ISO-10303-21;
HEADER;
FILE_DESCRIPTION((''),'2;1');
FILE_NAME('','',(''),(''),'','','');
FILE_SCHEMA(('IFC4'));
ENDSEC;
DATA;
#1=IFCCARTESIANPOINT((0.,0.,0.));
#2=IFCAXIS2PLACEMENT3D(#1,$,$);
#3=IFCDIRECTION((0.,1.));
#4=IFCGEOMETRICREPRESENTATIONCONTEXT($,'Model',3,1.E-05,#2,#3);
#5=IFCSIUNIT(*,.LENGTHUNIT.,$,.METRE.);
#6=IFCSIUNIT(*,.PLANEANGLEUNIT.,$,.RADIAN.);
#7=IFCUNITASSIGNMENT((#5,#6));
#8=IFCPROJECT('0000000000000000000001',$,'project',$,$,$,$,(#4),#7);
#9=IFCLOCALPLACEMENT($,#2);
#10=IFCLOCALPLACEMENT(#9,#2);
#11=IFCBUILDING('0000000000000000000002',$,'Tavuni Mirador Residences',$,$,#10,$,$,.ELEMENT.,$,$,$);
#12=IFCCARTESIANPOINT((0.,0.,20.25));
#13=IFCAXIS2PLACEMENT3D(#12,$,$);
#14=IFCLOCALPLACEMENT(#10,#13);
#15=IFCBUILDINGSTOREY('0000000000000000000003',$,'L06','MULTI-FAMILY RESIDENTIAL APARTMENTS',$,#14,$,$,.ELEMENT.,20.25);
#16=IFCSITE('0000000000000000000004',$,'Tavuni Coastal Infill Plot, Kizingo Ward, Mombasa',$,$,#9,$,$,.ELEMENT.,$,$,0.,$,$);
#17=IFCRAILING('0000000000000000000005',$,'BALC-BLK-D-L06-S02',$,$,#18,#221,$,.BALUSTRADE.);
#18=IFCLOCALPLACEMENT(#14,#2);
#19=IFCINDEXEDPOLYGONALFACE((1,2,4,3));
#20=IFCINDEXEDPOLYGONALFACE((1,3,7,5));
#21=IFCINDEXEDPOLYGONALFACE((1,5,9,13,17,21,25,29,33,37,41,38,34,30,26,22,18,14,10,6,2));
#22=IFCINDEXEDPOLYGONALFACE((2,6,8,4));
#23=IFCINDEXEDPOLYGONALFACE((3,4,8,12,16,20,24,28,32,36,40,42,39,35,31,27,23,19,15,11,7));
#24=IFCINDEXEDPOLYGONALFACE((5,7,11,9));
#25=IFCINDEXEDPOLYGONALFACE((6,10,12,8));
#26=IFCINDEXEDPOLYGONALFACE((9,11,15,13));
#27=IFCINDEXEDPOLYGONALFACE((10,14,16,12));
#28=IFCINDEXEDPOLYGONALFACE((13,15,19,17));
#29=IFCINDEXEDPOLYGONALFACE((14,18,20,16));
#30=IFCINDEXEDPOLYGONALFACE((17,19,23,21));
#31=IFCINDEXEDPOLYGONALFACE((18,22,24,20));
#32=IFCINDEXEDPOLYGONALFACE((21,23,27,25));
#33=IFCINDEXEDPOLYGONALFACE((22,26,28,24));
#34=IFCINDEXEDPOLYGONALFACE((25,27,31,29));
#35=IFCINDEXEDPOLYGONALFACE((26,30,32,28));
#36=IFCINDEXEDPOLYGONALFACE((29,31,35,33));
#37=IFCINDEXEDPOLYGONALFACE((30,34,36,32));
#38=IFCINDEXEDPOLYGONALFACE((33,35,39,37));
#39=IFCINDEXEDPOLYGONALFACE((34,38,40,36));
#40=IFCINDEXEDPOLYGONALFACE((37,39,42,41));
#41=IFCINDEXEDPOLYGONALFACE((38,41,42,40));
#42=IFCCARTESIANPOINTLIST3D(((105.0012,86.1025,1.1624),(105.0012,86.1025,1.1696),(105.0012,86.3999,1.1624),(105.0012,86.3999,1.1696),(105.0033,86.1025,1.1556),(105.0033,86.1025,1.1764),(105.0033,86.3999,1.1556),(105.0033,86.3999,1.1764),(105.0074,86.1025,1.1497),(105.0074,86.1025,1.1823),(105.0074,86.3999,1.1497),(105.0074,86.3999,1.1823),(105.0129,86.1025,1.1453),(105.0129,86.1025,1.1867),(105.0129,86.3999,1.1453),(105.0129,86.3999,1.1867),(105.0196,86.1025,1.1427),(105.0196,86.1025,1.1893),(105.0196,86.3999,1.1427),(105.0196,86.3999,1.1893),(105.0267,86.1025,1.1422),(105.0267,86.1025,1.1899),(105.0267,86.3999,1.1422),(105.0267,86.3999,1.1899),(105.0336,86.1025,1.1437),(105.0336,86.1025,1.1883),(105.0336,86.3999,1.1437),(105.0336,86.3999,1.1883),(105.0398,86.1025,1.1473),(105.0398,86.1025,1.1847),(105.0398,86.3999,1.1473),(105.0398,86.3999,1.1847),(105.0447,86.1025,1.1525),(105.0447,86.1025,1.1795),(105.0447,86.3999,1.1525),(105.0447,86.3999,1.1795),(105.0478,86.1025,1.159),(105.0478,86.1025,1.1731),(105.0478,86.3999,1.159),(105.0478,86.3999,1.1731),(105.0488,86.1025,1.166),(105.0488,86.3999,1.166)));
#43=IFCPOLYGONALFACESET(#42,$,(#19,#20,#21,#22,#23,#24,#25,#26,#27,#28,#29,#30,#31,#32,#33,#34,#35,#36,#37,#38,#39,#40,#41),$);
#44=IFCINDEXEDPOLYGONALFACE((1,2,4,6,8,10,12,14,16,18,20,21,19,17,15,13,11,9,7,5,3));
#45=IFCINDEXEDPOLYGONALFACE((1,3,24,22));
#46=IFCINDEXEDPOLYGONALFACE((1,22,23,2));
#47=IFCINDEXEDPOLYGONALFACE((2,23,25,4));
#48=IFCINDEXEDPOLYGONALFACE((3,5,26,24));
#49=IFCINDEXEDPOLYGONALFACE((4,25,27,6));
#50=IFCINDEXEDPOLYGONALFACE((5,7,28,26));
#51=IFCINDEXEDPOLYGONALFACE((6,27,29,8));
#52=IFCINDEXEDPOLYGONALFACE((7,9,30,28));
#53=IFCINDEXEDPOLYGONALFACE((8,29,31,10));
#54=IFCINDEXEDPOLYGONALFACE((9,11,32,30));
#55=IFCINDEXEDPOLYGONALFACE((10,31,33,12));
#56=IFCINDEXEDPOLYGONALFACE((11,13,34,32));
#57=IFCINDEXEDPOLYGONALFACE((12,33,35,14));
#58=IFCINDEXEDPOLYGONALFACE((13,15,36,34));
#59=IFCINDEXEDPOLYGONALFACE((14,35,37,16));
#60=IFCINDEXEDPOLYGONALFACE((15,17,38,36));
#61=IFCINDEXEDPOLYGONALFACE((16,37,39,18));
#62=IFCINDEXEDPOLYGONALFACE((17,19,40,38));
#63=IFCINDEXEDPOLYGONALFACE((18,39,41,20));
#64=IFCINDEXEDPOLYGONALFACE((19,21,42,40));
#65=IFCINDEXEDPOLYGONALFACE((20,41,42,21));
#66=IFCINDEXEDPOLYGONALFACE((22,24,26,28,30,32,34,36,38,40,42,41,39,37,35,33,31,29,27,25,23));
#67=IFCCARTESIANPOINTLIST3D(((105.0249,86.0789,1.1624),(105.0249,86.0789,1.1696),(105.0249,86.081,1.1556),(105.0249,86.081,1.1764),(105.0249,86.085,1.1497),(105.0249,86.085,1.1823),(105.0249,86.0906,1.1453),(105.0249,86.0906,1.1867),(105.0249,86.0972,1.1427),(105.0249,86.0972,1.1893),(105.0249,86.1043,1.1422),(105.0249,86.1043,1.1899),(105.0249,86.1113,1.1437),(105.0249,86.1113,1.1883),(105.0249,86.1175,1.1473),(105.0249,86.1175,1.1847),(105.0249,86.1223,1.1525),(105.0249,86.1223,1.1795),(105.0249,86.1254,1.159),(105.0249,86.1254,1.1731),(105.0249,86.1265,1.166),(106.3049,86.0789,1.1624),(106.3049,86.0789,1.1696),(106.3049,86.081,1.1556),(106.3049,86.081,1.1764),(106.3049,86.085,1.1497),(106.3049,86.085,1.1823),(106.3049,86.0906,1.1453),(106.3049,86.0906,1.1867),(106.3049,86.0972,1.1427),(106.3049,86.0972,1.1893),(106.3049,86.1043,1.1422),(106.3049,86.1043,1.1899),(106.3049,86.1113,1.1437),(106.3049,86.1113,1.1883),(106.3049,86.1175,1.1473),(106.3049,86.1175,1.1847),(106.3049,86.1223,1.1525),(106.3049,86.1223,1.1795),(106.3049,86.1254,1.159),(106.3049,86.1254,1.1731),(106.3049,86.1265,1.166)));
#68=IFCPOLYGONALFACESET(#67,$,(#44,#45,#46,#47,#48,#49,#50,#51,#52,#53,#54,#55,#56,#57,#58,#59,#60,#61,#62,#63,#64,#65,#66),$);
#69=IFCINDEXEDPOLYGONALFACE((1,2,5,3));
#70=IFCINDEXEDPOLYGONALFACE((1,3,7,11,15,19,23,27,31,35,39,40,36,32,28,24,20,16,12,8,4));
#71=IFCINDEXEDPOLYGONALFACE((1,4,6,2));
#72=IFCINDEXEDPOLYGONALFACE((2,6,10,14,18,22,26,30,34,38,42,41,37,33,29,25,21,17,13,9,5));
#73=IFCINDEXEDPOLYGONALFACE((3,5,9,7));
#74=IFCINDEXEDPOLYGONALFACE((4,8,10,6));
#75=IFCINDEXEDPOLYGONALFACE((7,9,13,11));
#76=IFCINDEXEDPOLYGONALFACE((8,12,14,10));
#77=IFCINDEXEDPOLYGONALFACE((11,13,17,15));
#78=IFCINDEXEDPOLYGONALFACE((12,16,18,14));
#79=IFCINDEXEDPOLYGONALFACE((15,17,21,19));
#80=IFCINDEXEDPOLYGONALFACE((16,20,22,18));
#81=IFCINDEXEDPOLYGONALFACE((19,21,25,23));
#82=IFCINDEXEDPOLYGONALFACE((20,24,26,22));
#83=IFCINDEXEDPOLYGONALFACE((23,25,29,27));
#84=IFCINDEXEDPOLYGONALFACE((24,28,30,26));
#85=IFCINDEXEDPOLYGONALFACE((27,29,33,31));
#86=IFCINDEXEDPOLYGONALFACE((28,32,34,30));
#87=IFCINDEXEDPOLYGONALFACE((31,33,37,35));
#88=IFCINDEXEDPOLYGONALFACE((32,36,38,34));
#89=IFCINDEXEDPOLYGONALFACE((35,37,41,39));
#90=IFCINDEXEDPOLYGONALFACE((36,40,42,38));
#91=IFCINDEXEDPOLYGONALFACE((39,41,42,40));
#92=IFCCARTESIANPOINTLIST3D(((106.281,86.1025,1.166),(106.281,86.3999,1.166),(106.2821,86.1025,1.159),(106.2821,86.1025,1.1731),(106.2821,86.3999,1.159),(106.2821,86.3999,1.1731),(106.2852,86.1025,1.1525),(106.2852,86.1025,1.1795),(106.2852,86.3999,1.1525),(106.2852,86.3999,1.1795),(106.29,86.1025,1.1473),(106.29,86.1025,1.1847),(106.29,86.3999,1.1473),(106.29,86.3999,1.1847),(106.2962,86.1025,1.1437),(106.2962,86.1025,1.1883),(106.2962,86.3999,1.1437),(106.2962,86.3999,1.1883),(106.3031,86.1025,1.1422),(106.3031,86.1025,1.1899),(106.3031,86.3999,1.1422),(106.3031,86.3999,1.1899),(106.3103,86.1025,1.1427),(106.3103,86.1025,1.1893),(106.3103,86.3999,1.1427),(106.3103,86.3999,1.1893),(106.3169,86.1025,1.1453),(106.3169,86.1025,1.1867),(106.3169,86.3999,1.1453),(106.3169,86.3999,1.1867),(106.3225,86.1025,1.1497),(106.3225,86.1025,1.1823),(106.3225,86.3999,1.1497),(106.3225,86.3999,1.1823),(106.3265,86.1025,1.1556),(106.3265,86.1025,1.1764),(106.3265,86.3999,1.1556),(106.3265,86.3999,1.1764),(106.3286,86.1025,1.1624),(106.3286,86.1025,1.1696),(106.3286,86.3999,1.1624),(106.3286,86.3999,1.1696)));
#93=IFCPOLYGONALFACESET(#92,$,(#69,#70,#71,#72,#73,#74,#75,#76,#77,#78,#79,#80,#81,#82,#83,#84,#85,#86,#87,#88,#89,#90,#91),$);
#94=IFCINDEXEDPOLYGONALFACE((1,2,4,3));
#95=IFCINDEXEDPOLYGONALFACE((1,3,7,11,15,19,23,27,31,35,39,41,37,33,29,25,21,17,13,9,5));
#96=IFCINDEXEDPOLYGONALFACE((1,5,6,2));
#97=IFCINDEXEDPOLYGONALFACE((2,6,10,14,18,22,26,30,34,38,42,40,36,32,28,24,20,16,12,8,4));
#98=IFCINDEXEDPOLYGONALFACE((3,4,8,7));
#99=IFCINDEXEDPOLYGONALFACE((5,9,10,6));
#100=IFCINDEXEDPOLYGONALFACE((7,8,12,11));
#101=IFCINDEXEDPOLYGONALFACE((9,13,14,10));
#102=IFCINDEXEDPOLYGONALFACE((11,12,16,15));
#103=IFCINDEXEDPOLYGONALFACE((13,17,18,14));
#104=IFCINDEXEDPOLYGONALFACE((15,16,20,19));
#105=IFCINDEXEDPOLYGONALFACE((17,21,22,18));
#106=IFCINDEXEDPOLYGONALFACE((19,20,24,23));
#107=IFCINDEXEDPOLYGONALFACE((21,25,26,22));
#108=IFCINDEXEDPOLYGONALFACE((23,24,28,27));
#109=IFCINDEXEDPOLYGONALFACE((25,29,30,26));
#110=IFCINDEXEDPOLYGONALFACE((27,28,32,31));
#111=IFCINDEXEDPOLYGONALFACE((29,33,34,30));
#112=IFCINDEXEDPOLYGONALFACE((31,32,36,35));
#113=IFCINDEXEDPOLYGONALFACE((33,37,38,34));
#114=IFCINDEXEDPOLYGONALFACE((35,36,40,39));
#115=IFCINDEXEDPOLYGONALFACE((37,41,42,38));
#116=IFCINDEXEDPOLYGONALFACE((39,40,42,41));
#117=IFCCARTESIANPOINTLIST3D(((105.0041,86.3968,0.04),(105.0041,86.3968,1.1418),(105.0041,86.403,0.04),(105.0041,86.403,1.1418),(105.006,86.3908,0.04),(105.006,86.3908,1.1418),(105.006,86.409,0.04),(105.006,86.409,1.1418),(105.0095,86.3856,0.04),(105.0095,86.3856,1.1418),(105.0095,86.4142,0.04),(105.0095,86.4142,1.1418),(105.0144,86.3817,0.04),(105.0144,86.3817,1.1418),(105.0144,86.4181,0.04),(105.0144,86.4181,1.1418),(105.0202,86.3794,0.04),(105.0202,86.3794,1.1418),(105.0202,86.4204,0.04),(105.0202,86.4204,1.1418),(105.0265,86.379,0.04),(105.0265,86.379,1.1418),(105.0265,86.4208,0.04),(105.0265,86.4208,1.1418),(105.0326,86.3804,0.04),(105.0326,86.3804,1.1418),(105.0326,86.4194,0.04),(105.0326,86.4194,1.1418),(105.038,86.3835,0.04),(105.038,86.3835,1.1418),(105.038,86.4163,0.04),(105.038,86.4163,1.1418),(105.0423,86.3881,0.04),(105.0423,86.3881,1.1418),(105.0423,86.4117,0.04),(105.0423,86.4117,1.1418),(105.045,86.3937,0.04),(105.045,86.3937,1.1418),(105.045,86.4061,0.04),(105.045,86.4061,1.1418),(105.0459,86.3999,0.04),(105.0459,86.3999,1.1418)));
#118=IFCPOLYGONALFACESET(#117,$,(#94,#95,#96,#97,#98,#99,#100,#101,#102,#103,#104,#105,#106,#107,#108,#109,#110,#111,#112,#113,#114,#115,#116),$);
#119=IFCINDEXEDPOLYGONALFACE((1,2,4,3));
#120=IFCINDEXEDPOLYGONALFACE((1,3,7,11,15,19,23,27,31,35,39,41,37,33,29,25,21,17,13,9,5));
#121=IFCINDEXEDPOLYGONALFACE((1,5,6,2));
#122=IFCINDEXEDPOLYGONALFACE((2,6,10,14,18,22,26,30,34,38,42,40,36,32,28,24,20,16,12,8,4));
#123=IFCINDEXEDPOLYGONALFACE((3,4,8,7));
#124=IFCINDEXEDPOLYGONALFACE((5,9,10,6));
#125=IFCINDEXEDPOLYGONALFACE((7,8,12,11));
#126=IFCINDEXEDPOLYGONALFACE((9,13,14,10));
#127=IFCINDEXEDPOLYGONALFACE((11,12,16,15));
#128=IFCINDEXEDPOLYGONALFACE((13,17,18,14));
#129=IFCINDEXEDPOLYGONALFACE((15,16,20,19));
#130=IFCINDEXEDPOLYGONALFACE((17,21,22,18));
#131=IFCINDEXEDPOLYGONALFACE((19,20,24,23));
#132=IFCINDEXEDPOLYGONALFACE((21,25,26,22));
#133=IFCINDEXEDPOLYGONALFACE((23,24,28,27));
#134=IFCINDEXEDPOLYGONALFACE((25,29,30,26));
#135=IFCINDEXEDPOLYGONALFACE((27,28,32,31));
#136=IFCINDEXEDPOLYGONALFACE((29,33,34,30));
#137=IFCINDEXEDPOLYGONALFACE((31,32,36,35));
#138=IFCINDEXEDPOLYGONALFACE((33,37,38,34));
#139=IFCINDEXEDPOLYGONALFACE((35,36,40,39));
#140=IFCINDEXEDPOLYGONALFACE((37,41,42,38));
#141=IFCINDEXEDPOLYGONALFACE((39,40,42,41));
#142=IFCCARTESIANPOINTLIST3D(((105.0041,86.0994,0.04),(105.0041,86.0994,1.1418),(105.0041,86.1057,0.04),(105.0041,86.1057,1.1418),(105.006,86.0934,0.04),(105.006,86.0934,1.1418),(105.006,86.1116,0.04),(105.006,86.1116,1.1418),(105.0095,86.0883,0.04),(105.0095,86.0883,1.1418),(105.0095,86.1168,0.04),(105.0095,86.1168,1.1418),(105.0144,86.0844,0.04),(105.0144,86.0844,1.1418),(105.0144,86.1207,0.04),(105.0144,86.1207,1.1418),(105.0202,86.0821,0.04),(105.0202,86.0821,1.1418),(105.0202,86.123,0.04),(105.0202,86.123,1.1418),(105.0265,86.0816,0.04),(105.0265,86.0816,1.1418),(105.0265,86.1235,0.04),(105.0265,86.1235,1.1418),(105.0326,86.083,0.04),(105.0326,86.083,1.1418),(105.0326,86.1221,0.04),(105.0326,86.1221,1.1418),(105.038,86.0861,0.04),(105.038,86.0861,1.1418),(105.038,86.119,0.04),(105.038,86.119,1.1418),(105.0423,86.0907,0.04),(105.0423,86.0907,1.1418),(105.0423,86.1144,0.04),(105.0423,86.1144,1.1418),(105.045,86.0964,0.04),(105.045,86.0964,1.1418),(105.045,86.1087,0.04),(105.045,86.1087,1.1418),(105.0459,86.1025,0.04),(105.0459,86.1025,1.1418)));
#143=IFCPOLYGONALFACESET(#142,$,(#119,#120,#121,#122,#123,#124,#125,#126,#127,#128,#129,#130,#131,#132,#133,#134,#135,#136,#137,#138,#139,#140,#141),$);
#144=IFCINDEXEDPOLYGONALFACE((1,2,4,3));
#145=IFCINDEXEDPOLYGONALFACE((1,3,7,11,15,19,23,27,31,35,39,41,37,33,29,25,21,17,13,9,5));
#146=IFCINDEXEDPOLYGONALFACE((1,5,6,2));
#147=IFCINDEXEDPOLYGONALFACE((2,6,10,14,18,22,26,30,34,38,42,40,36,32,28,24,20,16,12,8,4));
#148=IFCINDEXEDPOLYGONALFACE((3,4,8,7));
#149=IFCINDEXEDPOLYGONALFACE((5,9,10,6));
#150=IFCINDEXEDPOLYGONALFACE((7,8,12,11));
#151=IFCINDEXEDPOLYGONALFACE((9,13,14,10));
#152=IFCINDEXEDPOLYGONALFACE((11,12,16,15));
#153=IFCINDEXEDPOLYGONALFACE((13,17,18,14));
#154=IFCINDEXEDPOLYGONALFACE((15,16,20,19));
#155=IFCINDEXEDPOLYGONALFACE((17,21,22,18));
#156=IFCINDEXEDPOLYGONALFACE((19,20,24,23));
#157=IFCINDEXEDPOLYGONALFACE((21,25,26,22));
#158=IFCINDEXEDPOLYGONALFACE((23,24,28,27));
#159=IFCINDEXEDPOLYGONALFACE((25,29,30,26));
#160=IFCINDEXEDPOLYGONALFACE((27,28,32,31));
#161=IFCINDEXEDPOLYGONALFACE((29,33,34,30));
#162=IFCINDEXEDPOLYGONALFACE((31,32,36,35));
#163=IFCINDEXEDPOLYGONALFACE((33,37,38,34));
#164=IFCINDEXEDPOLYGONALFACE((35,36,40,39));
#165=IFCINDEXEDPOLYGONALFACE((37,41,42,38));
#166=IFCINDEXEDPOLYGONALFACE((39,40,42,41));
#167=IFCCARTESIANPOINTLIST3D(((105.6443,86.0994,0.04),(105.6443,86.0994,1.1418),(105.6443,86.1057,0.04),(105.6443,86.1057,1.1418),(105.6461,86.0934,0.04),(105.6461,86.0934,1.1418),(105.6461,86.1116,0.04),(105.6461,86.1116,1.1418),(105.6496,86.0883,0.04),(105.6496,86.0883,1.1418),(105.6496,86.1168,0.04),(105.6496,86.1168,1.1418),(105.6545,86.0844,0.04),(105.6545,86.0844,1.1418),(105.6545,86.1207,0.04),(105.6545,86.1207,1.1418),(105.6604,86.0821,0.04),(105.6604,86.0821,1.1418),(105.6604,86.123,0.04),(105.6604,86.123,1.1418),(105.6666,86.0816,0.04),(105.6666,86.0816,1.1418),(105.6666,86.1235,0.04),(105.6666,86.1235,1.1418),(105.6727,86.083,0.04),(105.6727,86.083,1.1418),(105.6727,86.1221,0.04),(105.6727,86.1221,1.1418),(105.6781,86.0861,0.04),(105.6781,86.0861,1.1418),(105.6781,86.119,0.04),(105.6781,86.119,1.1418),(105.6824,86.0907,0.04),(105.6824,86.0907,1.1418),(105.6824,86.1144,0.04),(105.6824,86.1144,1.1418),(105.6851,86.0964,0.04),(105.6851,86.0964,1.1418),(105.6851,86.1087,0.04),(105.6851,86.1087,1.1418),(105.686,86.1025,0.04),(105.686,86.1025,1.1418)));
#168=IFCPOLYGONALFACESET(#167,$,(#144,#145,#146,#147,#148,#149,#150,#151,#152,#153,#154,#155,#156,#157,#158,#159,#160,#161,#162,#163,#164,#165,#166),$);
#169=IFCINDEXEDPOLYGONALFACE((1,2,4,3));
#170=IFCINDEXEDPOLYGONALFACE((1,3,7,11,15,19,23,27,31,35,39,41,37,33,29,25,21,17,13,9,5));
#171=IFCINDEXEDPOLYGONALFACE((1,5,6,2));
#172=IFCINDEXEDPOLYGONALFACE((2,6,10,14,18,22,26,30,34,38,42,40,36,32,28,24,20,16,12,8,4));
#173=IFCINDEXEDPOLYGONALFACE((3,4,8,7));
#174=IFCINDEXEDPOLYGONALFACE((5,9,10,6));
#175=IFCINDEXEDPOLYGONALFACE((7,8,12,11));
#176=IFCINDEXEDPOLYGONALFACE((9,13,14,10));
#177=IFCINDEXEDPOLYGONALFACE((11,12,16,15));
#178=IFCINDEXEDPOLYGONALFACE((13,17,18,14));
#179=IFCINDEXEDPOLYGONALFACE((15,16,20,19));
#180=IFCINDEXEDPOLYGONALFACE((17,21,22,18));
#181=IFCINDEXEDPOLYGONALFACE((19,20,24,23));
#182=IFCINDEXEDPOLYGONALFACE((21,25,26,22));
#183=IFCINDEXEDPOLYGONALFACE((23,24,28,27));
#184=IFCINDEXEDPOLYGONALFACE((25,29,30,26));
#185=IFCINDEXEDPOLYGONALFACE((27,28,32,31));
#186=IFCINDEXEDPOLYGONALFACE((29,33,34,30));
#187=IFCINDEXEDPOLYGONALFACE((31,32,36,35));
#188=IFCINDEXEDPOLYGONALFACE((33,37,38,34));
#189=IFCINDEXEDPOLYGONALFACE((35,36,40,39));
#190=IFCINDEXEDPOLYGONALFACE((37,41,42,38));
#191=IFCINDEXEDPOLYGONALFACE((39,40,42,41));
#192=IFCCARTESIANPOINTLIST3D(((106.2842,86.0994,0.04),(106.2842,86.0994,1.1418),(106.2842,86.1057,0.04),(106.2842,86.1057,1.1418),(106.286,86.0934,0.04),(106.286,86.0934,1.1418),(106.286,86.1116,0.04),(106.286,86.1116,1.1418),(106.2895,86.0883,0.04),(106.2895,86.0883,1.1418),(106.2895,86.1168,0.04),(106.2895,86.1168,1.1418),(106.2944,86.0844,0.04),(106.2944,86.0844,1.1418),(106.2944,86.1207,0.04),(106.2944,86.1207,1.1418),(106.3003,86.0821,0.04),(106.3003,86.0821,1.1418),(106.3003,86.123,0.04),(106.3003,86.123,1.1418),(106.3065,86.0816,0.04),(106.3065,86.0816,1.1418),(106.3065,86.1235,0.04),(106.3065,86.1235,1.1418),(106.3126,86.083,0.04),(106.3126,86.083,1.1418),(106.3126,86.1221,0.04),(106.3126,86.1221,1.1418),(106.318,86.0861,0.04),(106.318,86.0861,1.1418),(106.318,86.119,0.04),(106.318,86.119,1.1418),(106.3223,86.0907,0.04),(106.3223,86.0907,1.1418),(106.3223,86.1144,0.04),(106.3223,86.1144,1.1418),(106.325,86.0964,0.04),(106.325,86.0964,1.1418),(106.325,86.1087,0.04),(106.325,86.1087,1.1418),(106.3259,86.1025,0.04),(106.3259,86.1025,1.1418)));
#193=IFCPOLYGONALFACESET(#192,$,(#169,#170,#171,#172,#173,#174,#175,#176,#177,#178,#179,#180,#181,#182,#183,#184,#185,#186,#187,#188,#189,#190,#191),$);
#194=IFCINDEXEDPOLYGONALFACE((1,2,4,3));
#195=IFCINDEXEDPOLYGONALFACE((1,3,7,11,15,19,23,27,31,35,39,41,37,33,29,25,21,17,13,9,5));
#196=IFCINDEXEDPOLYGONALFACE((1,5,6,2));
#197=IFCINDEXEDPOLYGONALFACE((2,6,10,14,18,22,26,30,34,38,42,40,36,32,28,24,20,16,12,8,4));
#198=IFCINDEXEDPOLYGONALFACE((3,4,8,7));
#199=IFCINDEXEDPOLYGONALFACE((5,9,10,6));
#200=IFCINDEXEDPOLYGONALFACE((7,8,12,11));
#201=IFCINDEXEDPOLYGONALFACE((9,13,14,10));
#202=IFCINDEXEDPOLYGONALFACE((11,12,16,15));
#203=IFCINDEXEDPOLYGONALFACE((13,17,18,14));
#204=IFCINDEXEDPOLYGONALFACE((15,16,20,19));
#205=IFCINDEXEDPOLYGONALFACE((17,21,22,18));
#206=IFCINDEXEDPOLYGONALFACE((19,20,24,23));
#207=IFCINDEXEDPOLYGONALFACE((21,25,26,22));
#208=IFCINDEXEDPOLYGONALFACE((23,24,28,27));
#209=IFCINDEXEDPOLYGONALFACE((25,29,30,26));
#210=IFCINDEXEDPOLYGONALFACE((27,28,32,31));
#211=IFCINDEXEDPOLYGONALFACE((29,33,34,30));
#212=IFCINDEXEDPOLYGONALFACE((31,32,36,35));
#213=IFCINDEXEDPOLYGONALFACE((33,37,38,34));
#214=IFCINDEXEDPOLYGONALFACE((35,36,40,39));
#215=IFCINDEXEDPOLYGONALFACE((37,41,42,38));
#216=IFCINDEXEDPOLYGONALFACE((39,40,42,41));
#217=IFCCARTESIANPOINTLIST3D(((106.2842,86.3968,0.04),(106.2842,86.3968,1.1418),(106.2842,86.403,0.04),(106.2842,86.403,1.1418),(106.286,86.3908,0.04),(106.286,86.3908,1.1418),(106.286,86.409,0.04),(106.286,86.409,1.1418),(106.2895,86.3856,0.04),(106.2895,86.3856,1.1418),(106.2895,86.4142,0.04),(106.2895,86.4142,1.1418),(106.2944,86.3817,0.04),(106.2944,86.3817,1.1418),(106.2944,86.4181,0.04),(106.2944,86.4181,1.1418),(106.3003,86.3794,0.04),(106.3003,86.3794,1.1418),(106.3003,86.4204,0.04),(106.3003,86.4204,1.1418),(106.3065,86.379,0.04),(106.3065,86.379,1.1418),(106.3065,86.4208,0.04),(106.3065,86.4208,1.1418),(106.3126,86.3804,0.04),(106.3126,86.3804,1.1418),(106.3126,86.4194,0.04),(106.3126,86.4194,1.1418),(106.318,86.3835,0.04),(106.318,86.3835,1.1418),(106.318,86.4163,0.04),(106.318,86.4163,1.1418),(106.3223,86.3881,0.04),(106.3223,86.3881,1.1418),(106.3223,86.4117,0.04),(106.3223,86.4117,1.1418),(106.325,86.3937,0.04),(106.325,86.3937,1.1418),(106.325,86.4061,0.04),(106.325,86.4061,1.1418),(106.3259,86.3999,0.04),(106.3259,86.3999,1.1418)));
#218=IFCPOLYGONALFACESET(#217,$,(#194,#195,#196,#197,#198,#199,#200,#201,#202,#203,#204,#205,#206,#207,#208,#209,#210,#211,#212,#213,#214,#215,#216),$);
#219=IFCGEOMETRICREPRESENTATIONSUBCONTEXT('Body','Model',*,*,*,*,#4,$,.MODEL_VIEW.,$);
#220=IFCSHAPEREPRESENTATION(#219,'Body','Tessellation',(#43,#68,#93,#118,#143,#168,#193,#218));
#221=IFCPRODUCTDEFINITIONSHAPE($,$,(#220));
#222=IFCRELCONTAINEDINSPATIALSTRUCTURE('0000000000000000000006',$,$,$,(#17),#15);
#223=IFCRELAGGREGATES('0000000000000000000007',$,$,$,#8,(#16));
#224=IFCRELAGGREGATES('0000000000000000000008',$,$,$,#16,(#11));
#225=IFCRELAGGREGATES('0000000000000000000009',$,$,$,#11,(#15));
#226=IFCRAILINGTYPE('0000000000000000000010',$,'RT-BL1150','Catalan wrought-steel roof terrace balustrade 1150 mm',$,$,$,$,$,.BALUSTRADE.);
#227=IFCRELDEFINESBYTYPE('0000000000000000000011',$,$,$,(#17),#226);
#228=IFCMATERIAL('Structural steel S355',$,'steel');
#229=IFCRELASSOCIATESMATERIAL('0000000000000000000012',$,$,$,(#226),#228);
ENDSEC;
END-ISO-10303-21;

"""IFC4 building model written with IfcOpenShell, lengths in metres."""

from ifc_helpers import new_model, si_unit, direction, frame, origin, origin_2d, place, context, subcontext, project, spatial, circle, extrude, material, type_object, element, save


model = new_model("IFC4")

# Units and contexts
model_context = context("Model", 3, precision=1e-05, world=origin(), true_north=direction((0.0, 1.0)))
body_context = subcontext(model_context, "Body", "Model", "MODEL_VIEW")
ifc_project = project(units=[si_unit("LENGTHUNIT", "METRE"), si_unit("PLANEANGLEUNIT", "RADIAN")], contexts=[model_context])

# Site, building, storey
site_placement = place(None, origin())
site = spatial("IfcSite", under=ifc_project, at=site_placement, Name="Tavuni Coastal Infill Plot, Kizingo Ward, Mombasa", CompositionType="ELEMENT", RefElevation=0.0)
building_placement = place(site_placement, origin())
building = spatial("IfcBuilding", under=site, at=building_placement, Name="Tavuni Mirador Residences", CompositionType="ELEMENT")
storey_placement = place(building_placement, frame((0.0, 0.0, 20.25)))
storey = spatial("IfcBuildingStorey", under=building, at=storey_placement, Name="L06", Description="MULTI-FAMILY RESIDENTIAL APARTMENTS", CompositionType="ELEMENT", Elevation=20.25)

# Railing
ifc_material_1 = material(Name="Structural steel S355", Category="steel")
railing_type = type_object("IfcRailingType", Name="RT-BL1150", Description="Catalan wrought-steel roof terrace balustrade 1150 mm", PredefinedType="BALUSTRADE", material=ifc_material_1)
railing_placement = place(storey_placement, frame((105.0249, 86.3999, 0.04)))
element("IfcRailing", 1, at=railing_placement, inside=storey, type_object=railing_type, Name="BALC-BLK-D-L06-S02", PredefinedType="BALUSTRADE", context=body_context, shape_type="SweptSolid", body=[
    extrude(circle(Radius=0.0239, at=origin_2d()), frame((0.0, 0.0, 1.126), z_axis=(0.0, -1.0, 0.0), x_axis=(1.0, 0.0, 0.0)), (0.0, 0.0, 1.0), 0.2974),
    extrude(circle(Radius=0.0239, at=origin_2d()), frame((0.0, -0.2974, 1.126), z_axis=(1.0, 0.0, 0.0), x_axis=(0.0, 1.0, 0.0)), (0.0, 0.0, 1.0), 1.28),
    extrude(circle(Radius=0.0239, at=origin_2d()), frame((1.28, -0.2974, 1.126), z_axis=(0.0, 1.0, 0.0), x_axis=(-1.0, 0.0, 0.0)), (0.0, 0.0, 1.0), 0.2974),
    extrude(circle(Radius=0.021, at=origin_2d()), origin(), (0.0, 0.0, 1.0), 1.1018),
    extrude(circle(Radius=0.021, at=origin_2d()), frame((0.0, -0.2974, 0.0)), (0.0, 0.0, 1.0), 1.1018),
    extrude(circle(Radius=0.021, at=origin_2d()), frame((0.6401, -0.2974, 0.0)), (0.0, 0.0, 1.0), 1.1018),
    extrude(circle(Radius=0.021, at=origin_2d()), frame((1.28, -0.2974, 0.0)), (0.0, 0.0, 1.0), 1.1018),
    extrude(circle(Radius=0.021, at=origin_2d()), frame((1.28, 0.0, 0.0)), (0.0, 0.0, 1.0), 1.1018),
])

save(model, "model.ifc")
